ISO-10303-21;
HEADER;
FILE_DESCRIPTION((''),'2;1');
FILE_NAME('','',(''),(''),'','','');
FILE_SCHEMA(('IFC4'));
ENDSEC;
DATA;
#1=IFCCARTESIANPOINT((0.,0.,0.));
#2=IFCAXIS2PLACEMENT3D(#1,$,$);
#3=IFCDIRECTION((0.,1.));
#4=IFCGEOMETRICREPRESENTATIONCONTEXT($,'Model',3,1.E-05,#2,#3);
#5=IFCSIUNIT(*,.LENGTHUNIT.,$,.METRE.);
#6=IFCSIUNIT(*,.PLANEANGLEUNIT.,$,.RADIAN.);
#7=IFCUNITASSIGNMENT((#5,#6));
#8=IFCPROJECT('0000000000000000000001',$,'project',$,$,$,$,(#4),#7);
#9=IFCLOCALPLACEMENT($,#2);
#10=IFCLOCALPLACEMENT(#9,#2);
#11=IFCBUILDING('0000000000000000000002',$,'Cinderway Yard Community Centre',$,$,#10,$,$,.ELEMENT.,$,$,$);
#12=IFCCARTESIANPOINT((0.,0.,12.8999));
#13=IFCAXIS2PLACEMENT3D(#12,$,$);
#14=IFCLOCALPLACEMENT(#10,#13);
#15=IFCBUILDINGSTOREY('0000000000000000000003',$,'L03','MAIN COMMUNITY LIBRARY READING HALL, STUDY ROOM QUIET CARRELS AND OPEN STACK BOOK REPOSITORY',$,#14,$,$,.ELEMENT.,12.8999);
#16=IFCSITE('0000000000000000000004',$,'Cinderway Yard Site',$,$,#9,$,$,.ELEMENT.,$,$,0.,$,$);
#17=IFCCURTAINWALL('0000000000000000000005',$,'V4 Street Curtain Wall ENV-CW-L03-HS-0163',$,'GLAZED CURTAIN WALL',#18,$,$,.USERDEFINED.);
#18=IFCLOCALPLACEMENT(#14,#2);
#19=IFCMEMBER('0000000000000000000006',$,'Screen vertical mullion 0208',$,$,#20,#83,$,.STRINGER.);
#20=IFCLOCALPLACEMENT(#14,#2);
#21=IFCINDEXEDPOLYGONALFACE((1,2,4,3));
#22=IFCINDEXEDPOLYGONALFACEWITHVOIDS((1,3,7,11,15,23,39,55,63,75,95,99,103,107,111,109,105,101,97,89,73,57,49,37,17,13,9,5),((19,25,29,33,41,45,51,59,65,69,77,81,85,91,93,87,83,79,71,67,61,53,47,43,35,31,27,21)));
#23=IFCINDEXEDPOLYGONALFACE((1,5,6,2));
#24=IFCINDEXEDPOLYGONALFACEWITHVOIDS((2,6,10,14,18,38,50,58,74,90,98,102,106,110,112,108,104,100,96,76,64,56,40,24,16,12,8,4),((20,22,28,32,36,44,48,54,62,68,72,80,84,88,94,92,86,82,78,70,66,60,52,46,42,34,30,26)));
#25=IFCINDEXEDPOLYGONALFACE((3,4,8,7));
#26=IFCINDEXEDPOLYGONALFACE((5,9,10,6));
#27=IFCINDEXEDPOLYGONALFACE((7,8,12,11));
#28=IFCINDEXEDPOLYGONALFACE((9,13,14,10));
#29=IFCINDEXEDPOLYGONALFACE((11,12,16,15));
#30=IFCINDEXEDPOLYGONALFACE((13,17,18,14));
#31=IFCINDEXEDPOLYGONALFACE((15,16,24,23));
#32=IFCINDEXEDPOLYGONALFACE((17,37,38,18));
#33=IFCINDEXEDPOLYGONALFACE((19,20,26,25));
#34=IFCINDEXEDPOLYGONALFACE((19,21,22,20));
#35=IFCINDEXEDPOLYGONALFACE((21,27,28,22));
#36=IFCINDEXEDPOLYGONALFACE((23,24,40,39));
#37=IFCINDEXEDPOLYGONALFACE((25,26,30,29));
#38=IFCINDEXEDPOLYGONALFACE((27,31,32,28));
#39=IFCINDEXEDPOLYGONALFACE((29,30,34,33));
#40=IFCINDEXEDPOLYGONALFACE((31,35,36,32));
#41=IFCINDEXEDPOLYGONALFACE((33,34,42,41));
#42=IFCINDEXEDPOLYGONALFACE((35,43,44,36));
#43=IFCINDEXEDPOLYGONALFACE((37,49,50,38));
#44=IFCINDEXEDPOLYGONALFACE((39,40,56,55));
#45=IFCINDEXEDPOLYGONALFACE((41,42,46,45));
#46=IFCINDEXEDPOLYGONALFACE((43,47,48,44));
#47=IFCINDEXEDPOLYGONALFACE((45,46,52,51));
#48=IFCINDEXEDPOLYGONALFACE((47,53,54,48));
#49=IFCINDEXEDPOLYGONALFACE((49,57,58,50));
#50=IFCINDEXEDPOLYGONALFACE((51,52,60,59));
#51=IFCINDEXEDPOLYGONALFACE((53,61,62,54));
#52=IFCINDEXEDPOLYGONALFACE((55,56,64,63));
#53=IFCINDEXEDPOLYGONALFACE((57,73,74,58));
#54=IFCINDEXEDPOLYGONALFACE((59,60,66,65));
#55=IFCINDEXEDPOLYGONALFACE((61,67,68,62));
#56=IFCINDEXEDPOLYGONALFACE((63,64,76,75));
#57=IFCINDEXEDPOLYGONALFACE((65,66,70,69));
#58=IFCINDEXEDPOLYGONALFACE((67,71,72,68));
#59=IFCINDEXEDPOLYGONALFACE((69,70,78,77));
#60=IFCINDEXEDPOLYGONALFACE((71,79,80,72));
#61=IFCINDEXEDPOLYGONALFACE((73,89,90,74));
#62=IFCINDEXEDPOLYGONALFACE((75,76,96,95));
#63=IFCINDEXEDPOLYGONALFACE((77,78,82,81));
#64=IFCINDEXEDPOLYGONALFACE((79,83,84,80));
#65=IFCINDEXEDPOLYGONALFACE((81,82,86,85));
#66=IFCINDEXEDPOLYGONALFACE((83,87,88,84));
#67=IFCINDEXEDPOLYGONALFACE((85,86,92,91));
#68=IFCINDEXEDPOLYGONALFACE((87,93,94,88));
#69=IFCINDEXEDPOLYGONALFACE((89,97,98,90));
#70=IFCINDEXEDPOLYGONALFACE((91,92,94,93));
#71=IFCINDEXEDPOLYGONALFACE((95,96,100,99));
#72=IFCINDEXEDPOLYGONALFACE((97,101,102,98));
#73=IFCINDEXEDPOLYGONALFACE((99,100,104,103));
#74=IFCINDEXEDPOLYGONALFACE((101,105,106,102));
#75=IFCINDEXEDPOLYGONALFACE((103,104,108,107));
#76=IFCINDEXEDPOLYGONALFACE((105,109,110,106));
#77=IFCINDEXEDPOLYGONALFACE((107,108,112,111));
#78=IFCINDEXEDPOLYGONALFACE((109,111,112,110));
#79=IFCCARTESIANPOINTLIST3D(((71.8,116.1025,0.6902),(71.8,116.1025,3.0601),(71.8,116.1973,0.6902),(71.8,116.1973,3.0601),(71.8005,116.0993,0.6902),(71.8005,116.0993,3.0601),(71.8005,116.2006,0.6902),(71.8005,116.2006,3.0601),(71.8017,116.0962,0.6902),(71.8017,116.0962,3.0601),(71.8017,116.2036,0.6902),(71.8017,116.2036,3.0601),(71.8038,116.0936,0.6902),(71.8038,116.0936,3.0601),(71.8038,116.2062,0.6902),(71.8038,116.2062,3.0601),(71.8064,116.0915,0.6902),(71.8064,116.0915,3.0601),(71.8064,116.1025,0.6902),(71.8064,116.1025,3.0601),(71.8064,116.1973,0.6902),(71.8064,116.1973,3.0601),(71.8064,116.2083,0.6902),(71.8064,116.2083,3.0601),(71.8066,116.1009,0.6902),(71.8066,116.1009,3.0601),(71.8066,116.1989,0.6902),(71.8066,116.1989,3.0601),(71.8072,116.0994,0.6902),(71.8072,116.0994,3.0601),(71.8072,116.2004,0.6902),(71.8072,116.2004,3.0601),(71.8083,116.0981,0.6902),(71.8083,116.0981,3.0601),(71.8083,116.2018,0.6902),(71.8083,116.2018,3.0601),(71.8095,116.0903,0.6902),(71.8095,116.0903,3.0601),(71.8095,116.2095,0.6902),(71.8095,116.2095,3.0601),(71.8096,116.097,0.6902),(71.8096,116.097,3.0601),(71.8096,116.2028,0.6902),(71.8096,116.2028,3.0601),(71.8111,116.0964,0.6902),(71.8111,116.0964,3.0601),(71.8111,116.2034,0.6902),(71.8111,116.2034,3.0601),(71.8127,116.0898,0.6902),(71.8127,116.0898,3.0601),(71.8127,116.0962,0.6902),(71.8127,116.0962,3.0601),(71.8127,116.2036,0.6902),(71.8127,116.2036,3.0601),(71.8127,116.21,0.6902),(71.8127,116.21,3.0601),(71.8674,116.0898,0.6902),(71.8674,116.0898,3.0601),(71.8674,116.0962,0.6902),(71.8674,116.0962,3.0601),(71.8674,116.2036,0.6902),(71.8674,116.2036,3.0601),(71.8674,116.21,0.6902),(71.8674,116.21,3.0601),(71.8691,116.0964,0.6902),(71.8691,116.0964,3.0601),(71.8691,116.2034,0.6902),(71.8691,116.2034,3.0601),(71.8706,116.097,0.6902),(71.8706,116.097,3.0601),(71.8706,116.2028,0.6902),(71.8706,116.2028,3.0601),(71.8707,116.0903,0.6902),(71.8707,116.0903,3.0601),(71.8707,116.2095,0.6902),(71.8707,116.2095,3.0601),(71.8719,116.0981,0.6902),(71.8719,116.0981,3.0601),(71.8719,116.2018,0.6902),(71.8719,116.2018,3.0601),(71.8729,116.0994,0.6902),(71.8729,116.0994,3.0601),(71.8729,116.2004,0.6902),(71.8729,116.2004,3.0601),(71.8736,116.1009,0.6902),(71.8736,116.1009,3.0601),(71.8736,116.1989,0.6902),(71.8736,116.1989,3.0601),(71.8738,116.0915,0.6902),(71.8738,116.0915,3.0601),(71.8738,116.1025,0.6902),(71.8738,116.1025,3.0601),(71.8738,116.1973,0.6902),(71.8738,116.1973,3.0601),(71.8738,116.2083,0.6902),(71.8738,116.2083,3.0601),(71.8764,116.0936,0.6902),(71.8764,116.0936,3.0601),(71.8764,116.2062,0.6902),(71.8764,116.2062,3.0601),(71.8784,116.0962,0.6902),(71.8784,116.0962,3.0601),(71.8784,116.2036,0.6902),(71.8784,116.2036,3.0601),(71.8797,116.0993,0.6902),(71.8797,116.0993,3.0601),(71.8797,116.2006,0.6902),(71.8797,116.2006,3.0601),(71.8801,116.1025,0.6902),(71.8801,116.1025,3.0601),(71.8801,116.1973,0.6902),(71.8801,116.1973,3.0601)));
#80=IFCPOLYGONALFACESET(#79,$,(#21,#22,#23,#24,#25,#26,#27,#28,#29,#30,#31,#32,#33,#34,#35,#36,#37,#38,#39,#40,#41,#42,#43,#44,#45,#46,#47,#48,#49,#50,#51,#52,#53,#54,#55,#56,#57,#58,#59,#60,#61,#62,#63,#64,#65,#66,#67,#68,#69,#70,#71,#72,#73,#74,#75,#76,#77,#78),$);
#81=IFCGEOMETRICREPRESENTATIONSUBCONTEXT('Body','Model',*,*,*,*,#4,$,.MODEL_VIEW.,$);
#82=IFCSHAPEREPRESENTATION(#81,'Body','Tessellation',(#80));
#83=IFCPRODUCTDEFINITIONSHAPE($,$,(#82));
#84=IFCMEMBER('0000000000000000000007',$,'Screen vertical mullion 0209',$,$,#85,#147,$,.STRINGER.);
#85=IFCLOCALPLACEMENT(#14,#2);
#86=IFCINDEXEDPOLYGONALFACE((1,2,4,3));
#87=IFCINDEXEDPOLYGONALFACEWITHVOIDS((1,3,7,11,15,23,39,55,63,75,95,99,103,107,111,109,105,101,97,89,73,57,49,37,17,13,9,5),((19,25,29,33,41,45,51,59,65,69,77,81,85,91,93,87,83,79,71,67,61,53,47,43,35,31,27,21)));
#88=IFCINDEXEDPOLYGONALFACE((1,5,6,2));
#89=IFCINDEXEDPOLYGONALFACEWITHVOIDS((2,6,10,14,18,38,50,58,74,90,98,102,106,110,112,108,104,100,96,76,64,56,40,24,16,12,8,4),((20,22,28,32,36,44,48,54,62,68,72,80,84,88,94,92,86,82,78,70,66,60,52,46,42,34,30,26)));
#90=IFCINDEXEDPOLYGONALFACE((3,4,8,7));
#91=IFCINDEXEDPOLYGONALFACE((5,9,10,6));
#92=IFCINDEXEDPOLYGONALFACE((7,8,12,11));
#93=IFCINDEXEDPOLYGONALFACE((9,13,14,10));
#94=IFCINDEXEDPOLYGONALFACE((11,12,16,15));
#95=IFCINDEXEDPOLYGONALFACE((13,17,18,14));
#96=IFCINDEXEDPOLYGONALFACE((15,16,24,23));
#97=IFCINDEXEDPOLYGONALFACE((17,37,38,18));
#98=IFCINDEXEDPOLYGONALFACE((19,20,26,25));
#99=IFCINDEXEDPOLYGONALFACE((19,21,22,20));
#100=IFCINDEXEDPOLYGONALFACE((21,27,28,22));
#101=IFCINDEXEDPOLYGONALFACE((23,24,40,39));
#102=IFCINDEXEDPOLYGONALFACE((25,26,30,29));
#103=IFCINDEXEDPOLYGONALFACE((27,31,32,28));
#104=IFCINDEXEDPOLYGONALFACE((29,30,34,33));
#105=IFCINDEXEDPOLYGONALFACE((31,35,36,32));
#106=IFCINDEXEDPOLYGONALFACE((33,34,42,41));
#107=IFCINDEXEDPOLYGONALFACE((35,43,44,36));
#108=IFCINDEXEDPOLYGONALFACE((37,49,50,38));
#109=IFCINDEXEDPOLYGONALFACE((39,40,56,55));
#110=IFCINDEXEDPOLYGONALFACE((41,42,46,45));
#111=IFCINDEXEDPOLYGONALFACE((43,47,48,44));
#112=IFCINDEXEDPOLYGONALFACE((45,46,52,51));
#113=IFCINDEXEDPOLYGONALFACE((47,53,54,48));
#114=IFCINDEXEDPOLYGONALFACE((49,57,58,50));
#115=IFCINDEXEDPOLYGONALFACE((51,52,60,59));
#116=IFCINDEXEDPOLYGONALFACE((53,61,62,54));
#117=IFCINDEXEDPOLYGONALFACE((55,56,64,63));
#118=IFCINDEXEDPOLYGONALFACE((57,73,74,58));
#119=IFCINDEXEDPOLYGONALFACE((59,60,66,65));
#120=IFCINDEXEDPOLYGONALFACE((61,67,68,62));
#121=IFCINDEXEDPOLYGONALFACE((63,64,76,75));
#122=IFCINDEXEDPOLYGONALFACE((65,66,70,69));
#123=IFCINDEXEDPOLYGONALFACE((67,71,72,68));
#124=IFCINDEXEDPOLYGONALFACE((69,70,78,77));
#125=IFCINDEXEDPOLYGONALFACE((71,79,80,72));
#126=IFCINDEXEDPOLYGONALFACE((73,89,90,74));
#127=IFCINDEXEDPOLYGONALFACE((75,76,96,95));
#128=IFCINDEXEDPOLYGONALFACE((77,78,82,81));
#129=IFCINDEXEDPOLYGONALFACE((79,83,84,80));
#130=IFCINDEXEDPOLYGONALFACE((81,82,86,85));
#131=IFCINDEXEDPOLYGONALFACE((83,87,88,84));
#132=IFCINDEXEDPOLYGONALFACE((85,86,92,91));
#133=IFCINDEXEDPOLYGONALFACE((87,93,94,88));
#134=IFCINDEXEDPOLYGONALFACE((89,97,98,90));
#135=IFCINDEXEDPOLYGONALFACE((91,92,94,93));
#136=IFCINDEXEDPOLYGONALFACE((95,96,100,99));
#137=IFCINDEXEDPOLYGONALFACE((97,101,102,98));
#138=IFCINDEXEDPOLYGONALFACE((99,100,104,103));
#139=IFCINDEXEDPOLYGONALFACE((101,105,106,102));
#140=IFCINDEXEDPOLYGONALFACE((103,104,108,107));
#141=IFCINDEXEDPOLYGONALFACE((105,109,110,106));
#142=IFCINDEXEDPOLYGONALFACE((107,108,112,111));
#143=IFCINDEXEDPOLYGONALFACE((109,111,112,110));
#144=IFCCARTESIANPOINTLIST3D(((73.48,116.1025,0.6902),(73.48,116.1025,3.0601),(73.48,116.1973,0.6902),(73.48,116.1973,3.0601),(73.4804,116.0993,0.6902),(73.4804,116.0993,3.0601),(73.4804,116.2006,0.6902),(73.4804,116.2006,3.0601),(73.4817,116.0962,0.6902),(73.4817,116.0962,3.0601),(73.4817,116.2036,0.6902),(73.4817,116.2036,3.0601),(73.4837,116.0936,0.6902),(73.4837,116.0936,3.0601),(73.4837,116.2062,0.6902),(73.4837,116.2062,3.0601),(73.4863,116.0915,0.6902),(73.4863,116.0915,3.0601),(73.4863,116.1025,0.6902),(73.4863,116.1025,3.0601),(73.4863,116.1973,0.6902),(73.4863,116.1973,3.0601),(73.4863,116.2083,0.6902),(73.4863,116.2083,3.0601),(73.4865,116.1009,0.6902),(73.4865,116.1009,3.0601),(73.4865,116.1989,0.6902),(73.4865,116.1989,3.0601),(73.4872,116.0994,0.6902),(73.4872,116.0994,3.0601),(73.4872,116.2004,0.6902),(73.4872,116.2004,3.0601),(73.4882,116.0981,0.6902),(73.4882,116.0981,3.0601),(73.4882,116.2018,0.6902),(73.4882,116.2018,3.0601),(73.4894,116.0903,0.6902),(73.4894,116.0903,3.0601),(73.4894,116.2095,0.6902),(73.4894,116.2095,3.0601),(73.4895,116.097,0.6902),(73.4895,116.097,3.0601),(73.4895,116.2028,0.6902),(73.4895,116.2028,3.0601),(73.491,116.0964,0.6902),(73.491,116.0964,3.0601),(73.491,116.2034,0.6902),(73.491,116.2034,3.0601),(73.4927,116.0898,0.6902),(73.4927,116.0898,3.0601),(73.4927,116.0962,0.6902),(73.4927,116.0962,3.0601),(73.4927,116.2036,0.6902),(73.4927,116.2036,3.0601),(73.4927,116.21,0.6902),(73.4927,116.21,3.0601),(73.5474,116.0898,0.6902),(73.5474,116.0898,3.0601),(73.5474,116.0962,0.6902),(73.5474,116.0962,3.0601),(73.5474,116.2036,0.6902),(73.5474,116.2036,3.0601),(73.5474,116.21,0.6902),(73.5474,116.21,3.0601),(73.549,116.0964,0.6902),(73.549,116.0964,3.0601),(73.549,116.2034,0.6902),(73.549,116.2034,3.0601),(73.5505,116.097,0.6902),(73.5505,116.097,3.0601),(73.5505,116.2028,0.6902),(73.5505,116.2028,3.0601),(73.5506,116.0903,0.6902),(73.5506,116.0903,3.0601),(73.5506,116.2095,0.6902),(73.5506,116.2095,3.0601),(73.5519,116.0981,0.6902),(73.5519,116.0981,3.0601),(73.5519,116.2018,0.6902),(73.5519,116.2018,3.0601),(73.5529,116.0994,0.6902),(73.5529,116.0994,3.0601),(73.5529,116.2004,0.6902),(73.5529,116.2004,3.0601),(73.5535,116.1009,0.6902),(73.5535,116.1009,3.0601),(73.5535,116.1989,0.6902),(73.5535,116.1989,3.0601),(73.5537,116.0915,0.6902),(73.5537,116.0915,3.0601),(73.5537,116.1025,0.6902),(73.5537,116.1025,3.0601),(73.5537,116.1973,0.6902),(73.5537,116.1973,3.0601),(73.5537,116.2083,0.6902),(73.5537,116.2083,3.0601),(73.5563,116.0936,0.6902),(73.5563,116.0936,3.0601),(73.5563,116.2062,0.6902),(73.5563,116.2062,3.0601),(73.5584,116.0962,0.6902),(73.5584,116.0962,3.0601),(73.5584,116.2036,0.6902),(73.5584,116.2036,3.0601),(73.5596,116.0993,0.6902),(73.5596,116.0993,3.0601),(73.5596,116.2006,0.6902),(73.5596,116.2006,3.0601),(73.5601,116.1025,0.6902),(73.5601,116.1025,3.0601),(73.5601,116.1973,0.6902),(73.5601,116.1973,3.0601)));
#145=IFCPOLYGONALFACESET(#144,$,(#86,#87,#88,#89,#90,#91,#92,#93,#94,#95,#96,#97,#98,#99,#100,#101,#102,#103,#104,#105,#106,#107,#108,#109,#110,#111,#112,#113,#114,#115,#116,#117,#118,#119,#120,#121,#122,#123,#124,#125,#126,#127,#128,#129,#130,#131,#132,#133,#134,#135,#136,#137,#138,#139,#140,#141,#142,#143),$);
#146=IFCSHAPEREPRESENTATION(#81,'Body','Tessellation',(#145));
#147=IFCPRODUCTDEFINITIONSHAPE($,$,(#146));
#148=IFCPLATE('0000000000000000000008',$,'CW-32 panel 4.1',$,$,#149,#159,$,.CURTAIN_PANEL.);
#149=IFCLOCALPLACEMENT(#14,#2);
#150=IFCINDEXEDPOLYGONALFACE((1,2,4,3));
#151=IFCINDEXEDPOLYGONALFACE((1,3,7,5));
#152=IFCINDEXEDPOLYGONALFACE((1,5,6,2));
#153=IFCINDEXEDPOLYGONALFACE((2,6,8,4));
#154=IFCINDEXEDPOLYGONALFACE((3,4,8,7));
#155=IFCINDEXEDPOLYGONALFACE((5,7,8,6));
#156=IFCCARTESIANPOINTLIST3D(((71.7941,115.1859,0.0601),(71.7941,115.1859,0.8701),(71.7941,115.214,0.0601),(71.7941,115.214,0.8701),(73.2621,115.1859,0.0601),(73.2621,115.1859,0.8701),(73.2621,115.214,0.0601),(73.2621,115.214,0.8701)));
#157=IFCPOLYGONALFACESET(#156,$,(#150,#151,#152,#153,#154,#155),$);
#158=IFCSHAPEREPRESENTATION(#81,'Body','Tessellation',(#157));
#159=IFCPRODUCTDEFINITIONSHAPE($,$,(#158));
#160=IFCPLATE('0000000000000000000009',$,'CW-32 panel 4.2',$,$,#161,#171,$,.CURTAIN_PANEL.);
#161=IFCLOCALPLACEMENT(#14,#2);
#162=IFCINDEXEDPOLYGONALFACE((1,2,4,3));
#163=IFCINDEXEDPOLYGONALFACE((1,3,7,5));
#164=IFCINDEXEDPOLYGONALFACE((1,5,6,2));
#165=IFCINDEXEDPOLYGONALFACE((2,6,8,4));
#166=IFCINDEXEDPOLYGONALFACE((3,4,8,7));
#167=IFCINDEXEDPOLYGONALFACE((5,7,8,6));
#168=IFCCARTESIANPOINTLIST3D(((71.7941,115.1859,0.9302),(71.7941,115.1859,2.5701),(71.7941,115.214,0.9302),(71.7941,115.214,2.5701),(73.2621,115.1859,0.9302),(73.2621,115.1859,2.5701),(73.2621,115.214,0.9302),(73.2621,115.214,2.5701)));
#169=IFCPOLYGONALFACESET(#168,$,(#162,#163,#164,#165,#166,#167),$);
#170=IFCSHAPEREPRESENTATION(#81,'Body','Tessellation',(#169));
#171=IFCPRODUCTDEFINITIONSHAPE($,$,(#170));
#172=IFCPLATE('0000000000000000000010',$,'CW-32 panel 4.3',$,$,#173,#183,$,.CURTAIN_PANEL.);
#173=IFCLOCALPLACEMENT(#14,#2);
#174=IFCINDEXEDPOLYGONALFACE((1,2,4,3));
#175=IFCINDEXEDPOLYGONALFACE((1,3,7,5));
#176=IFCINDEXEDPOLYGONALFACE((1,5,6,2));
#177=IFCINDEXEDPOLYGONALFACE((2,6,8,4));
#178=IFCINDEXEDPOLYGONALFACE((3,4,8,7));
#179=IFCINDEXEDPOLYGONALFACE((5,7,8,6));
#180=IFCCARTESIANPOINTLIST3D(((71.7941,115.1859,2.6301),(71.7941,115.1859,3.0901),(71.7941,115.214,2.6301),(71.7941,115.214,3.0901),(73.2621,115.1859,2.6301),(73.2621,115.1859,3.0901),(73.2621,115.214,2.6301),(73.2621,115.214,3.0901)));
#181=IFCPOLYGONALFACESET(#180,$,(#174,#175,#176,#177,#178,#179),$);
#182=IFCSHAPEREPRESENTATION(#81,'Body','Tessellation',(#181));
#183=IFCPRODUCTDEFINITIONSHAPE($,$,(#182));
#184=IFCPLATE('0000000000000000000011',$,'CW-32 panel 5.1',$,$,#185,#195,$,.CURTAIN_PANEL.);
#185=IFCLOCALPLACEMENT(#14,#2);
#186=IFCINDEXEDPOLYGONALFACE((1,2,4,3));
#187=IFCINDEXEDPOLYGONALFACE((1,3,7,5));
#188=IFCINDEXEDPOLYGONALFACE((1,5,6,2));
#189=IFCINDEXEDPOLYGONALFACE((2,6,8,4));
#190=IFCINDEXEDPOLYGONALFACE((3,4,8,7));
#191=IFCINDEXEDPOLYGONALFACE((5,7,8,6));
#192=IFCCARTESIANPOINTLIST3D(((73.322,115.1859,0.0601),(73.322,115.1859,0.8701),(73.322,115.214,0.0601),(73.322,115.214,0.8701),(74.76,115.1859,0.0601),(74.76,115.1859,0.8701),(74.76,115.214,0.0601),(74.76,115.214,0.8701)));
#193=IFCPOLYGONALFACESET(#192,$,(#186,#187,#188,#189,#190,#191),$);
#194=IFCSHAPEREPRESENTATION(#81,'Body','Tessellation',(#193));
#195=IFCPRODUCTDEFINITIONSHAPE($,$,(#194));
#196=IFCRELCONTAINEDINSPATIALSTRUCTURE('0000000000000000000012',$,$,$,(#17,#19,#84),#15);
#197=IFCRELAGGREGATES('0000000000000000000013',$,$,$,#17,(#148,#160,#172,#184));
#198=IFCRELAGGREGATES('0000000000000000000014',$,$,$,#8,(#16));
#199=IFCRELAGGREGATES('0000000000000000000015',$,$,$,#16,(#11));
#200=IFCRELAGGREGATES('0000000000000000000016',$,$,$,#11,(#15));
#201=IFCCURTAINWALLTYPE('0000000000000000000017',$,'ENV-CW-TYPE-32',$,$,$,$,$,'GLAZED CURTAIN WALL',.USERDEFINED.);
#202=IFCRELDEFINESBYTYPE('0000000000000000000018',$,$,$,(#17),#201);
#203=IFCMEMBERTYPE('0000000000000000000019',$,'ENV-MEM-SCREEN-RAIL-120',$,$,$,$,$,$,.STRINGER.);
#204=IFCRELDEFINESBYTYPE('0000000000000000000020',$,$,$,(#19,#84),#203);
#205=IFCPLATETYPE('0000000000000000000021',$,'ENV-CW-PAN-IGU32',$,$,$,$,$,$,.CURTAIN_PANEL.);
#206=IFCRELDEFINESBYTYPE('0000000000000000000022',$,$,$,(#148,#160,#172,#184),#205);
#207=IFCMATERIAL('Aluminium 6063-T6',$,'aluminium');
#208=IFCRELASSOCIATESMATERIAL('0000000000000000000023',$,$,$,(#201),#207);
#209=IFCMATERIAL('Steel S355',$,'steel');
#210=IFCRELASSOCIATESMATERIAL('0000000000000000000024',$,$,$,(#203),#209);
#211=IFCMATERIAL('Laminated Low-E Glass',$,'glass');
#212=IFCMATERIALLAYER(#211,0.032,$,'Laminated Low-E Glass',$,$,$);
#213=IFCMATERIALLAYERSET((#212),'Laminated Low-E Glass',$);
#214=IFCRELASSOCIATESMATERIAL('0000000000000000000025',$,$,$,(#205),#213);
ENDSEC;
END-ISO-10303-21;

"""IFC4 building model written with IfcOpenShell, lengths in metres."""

from ifc_helpers import new_model, si_unit, direction, frame, origin, origin_2d, place, context, subcontext, project, spatial, rectangle, hollow_rectangle, extrude, material, layer, layer_set, material_profile, profile_set, type_object, element, aggregate, save


model = new_model("IFC4")

# Units and contexts
model_context = context("Model", 3, precision=1e-05, world=origin(), true_north=direction((0.0, 1.0)))
body_context = subcontext(model_context, "Body", "Model", "MODEL_VIEW")
ifc_project = project(units=[si_unit("LENGTHUNIT", "METRE"), si_unit("PLANEANGLEUNIT", "RADIAN")], contexts=[model_context])

# Site, building, storey
site_placement = place(None, origin())
site = spatial("IfcSite", under=ifc_project, at=site_placement, Name="Cinderway Yard Site", CompositionType="ELEMENT", RefElevation=0.0)
building_placement = place(site_placement, origin())
building = spatial("IfcBuilding", under=site, at=building_placement, Name="Cinderway Yard Community Centre", CompositionType="ELEMENT")
storey_placement = place(building_placement, frame((0.0, 0.0, 12.8999)))
storey = spatial("IfcBuildingStorey", under=building, at=storey_placement, Name="L03", Description="MAIN COMMUNITY LIBRARY READING HALL, STUDY ROOM QUIET CARRELS AND OPEN STACK BOOK REPOSITORY", CompositionType="ELEMENT", Elevation=12.8999)

# Curtain wall
ifc_material_1 = material(Name="Aluminium 6063-T6", Category="aluminium")
curtain_wall_type = type_object("IfcCurtainWallType", Name="ENV-CW-TYPE-32", ElementType="GLAZED CURTAIN WALL", PredefinedType="USERDEFINED", material=ifc_material_1)
curtain_wall_placement = place(storey_placement, origin())
curtain_wall = element("IfcCurtainWall", 1, at=curtain_wall_placement, inside=storey, type_object=curtain_wall_type, Name="V4 Street Curtain Wall ENV-CW-L03-HS-0163", ObjectType="GLAZED CURTAIN WALL", PredefinedType="USERDEFINED")

# Members
ifc_material_2 = material(Name="Steel S355", Category="steel")
ifc_material_profile_1 = material_profile(ifc_material_2, hollow_rectangle(XDim=0.0801, YDim=0.1201, WallThickness=0.0063, InnerFilletRadius=0.0063, OuterFilletRadius=0.0127, at=origin_2d()), Name="Steel S355")
ifc_profile_set_1 = profile_set([ifc_material_profile_1], Name="Steel S355")
member_type_1 = type_object("IfcMemberType", Name="ENV-MEM-SCREEN-RAIL-120", PredefinedType="STRINGER", material=ifc_profile_set_1)
for number, where, z_axis, x_axis, name in (
    (2, (71.8401, 116.1499, 0.6902), (0.0, 0.0, 1.0), (1.0, 0.0, 0.0), "Screen vertical mullion 0208"),
    (3, (73.52, 116.1499, 0.6902), (0.0, 0.0, 1.0), (1.0, 0.0, 0.0), "Screen vertical mullion 0209"),
):
    element("IfcMember", number, at=place(storey_placement, frame(where, z_axis=z_axis, x_axis=x_axis)), inside=storey, type_object=member_type_1, Name=name, PredefinedType="STRINGER", context=body_context, shape_type="SweptSolid", body=[
        extrude(hollow_rectangle(XDim=0.0801, YDim=0.1201, WallThickness=0.0063, InnerFilletRadius=0.0063, OuterFilletRadius=0.0127, at=origin_2d()), origin(), (0.0, 0.0, 1.0), 2.3699),
    ])

# Plates
ifc_material_3 = material(Name="Laminated Low-E Glass", Category="glass")
ifc_layer_1 = layer(ifc_material_3, 0.032, Name="Laminated Low-E Glass")
ifc_layer_set_1 = layer_set([ifc_layer_1], Name="Laminated Low-E Glass")
plate_type = type_object("IfcPlateType", Name="ENV-CW-PAN-IGU32", PredefinedType="CURTAIN_PANEL", material=ifc_layer_set_1)
plate_1_placement = place(storey_placement, frame((72.5281, 115.2, 0.0601), z_axis=(0.0, 0.0, 1.0), x_axis=(1.0, 0.0, 0.0)))
plate_1 = element("IfcPlate", 4, at=plate_1_placement, type_object=plate_type, Name="CW-32 panel 4.1", PredefinedType="CURTAIN_PANEL", context=body_context, shape_type="SweptSolid", body=[
    extrude(rectangle(XDim=1.468, YDim=0.0281, at=origin_2d()), origin(), (0.0, 0.0, 1.0), 0.8101),
])
plate_2_placement = place(storey_placement, frame((72.5281, 115.2, 0.9302), z_axis=(0.0, 0.0, 1.0), x_axis=(1.0, 0.0, 0.0)))
plate_2 = element("IfcPlate", 5, at=plate_2_placement, type_object=plate_type, Name="CW-32 panel 4.2", PredefinedType="CURTAIN_PANEL", context=body_context, shape_type="SweptSolid", body=[
    extrude(rectangle(XDim=1.468, YDim=0.0281, at=origin_2d()), origin(), (0.0, 0.0, 1.0), 1.6399),
])
plate_3_placement = place(storey_placement, frame((72.5281, 115.2, 2.6301), z_axis=(0.0, 0.0, 1.0), x_axis=(1.0, 0.0, 0.0)))
plate_3 = element("IfcPlate", 6, at=plate_3_placement, type_object=plate_type, Name="CW-32 panel 4.3", PredefinedType="CURTAIN_PANEL", context=body_context, shape_type="SweptSolid", body=[
    extrude(rectangle(XDim=1.468, YDim=0.0281, at=origin_2d()), origin(), (0.0, 0.0, 1.0), 0.46),
])
plate_4_placement = place(storey_placement, frame((74.041, 115.2, 0.0601), z_axis=(0.0, 0.0, 1.0), x_axis=(1.0, 0.0, 0.0)))
plate_4 = element("IfcPlate", 7, at=plate_4_placement, type_object=plate_type, Name="CW-32 panel 5.1", PredefinedType="CURTAIN_PANEL", context=body_context, shape_type="SweptSolid", body=[
    extrude(rectangle(XDim=1.438, YDim=0.0281, at=origin_2d()), origin(), (0.0, 0.0, 1.0), 0.8101),
])
aggregate(curtain_wall, [plate_1, plate_2, plate_3, plate_4])

save(model, "model.ifc")
